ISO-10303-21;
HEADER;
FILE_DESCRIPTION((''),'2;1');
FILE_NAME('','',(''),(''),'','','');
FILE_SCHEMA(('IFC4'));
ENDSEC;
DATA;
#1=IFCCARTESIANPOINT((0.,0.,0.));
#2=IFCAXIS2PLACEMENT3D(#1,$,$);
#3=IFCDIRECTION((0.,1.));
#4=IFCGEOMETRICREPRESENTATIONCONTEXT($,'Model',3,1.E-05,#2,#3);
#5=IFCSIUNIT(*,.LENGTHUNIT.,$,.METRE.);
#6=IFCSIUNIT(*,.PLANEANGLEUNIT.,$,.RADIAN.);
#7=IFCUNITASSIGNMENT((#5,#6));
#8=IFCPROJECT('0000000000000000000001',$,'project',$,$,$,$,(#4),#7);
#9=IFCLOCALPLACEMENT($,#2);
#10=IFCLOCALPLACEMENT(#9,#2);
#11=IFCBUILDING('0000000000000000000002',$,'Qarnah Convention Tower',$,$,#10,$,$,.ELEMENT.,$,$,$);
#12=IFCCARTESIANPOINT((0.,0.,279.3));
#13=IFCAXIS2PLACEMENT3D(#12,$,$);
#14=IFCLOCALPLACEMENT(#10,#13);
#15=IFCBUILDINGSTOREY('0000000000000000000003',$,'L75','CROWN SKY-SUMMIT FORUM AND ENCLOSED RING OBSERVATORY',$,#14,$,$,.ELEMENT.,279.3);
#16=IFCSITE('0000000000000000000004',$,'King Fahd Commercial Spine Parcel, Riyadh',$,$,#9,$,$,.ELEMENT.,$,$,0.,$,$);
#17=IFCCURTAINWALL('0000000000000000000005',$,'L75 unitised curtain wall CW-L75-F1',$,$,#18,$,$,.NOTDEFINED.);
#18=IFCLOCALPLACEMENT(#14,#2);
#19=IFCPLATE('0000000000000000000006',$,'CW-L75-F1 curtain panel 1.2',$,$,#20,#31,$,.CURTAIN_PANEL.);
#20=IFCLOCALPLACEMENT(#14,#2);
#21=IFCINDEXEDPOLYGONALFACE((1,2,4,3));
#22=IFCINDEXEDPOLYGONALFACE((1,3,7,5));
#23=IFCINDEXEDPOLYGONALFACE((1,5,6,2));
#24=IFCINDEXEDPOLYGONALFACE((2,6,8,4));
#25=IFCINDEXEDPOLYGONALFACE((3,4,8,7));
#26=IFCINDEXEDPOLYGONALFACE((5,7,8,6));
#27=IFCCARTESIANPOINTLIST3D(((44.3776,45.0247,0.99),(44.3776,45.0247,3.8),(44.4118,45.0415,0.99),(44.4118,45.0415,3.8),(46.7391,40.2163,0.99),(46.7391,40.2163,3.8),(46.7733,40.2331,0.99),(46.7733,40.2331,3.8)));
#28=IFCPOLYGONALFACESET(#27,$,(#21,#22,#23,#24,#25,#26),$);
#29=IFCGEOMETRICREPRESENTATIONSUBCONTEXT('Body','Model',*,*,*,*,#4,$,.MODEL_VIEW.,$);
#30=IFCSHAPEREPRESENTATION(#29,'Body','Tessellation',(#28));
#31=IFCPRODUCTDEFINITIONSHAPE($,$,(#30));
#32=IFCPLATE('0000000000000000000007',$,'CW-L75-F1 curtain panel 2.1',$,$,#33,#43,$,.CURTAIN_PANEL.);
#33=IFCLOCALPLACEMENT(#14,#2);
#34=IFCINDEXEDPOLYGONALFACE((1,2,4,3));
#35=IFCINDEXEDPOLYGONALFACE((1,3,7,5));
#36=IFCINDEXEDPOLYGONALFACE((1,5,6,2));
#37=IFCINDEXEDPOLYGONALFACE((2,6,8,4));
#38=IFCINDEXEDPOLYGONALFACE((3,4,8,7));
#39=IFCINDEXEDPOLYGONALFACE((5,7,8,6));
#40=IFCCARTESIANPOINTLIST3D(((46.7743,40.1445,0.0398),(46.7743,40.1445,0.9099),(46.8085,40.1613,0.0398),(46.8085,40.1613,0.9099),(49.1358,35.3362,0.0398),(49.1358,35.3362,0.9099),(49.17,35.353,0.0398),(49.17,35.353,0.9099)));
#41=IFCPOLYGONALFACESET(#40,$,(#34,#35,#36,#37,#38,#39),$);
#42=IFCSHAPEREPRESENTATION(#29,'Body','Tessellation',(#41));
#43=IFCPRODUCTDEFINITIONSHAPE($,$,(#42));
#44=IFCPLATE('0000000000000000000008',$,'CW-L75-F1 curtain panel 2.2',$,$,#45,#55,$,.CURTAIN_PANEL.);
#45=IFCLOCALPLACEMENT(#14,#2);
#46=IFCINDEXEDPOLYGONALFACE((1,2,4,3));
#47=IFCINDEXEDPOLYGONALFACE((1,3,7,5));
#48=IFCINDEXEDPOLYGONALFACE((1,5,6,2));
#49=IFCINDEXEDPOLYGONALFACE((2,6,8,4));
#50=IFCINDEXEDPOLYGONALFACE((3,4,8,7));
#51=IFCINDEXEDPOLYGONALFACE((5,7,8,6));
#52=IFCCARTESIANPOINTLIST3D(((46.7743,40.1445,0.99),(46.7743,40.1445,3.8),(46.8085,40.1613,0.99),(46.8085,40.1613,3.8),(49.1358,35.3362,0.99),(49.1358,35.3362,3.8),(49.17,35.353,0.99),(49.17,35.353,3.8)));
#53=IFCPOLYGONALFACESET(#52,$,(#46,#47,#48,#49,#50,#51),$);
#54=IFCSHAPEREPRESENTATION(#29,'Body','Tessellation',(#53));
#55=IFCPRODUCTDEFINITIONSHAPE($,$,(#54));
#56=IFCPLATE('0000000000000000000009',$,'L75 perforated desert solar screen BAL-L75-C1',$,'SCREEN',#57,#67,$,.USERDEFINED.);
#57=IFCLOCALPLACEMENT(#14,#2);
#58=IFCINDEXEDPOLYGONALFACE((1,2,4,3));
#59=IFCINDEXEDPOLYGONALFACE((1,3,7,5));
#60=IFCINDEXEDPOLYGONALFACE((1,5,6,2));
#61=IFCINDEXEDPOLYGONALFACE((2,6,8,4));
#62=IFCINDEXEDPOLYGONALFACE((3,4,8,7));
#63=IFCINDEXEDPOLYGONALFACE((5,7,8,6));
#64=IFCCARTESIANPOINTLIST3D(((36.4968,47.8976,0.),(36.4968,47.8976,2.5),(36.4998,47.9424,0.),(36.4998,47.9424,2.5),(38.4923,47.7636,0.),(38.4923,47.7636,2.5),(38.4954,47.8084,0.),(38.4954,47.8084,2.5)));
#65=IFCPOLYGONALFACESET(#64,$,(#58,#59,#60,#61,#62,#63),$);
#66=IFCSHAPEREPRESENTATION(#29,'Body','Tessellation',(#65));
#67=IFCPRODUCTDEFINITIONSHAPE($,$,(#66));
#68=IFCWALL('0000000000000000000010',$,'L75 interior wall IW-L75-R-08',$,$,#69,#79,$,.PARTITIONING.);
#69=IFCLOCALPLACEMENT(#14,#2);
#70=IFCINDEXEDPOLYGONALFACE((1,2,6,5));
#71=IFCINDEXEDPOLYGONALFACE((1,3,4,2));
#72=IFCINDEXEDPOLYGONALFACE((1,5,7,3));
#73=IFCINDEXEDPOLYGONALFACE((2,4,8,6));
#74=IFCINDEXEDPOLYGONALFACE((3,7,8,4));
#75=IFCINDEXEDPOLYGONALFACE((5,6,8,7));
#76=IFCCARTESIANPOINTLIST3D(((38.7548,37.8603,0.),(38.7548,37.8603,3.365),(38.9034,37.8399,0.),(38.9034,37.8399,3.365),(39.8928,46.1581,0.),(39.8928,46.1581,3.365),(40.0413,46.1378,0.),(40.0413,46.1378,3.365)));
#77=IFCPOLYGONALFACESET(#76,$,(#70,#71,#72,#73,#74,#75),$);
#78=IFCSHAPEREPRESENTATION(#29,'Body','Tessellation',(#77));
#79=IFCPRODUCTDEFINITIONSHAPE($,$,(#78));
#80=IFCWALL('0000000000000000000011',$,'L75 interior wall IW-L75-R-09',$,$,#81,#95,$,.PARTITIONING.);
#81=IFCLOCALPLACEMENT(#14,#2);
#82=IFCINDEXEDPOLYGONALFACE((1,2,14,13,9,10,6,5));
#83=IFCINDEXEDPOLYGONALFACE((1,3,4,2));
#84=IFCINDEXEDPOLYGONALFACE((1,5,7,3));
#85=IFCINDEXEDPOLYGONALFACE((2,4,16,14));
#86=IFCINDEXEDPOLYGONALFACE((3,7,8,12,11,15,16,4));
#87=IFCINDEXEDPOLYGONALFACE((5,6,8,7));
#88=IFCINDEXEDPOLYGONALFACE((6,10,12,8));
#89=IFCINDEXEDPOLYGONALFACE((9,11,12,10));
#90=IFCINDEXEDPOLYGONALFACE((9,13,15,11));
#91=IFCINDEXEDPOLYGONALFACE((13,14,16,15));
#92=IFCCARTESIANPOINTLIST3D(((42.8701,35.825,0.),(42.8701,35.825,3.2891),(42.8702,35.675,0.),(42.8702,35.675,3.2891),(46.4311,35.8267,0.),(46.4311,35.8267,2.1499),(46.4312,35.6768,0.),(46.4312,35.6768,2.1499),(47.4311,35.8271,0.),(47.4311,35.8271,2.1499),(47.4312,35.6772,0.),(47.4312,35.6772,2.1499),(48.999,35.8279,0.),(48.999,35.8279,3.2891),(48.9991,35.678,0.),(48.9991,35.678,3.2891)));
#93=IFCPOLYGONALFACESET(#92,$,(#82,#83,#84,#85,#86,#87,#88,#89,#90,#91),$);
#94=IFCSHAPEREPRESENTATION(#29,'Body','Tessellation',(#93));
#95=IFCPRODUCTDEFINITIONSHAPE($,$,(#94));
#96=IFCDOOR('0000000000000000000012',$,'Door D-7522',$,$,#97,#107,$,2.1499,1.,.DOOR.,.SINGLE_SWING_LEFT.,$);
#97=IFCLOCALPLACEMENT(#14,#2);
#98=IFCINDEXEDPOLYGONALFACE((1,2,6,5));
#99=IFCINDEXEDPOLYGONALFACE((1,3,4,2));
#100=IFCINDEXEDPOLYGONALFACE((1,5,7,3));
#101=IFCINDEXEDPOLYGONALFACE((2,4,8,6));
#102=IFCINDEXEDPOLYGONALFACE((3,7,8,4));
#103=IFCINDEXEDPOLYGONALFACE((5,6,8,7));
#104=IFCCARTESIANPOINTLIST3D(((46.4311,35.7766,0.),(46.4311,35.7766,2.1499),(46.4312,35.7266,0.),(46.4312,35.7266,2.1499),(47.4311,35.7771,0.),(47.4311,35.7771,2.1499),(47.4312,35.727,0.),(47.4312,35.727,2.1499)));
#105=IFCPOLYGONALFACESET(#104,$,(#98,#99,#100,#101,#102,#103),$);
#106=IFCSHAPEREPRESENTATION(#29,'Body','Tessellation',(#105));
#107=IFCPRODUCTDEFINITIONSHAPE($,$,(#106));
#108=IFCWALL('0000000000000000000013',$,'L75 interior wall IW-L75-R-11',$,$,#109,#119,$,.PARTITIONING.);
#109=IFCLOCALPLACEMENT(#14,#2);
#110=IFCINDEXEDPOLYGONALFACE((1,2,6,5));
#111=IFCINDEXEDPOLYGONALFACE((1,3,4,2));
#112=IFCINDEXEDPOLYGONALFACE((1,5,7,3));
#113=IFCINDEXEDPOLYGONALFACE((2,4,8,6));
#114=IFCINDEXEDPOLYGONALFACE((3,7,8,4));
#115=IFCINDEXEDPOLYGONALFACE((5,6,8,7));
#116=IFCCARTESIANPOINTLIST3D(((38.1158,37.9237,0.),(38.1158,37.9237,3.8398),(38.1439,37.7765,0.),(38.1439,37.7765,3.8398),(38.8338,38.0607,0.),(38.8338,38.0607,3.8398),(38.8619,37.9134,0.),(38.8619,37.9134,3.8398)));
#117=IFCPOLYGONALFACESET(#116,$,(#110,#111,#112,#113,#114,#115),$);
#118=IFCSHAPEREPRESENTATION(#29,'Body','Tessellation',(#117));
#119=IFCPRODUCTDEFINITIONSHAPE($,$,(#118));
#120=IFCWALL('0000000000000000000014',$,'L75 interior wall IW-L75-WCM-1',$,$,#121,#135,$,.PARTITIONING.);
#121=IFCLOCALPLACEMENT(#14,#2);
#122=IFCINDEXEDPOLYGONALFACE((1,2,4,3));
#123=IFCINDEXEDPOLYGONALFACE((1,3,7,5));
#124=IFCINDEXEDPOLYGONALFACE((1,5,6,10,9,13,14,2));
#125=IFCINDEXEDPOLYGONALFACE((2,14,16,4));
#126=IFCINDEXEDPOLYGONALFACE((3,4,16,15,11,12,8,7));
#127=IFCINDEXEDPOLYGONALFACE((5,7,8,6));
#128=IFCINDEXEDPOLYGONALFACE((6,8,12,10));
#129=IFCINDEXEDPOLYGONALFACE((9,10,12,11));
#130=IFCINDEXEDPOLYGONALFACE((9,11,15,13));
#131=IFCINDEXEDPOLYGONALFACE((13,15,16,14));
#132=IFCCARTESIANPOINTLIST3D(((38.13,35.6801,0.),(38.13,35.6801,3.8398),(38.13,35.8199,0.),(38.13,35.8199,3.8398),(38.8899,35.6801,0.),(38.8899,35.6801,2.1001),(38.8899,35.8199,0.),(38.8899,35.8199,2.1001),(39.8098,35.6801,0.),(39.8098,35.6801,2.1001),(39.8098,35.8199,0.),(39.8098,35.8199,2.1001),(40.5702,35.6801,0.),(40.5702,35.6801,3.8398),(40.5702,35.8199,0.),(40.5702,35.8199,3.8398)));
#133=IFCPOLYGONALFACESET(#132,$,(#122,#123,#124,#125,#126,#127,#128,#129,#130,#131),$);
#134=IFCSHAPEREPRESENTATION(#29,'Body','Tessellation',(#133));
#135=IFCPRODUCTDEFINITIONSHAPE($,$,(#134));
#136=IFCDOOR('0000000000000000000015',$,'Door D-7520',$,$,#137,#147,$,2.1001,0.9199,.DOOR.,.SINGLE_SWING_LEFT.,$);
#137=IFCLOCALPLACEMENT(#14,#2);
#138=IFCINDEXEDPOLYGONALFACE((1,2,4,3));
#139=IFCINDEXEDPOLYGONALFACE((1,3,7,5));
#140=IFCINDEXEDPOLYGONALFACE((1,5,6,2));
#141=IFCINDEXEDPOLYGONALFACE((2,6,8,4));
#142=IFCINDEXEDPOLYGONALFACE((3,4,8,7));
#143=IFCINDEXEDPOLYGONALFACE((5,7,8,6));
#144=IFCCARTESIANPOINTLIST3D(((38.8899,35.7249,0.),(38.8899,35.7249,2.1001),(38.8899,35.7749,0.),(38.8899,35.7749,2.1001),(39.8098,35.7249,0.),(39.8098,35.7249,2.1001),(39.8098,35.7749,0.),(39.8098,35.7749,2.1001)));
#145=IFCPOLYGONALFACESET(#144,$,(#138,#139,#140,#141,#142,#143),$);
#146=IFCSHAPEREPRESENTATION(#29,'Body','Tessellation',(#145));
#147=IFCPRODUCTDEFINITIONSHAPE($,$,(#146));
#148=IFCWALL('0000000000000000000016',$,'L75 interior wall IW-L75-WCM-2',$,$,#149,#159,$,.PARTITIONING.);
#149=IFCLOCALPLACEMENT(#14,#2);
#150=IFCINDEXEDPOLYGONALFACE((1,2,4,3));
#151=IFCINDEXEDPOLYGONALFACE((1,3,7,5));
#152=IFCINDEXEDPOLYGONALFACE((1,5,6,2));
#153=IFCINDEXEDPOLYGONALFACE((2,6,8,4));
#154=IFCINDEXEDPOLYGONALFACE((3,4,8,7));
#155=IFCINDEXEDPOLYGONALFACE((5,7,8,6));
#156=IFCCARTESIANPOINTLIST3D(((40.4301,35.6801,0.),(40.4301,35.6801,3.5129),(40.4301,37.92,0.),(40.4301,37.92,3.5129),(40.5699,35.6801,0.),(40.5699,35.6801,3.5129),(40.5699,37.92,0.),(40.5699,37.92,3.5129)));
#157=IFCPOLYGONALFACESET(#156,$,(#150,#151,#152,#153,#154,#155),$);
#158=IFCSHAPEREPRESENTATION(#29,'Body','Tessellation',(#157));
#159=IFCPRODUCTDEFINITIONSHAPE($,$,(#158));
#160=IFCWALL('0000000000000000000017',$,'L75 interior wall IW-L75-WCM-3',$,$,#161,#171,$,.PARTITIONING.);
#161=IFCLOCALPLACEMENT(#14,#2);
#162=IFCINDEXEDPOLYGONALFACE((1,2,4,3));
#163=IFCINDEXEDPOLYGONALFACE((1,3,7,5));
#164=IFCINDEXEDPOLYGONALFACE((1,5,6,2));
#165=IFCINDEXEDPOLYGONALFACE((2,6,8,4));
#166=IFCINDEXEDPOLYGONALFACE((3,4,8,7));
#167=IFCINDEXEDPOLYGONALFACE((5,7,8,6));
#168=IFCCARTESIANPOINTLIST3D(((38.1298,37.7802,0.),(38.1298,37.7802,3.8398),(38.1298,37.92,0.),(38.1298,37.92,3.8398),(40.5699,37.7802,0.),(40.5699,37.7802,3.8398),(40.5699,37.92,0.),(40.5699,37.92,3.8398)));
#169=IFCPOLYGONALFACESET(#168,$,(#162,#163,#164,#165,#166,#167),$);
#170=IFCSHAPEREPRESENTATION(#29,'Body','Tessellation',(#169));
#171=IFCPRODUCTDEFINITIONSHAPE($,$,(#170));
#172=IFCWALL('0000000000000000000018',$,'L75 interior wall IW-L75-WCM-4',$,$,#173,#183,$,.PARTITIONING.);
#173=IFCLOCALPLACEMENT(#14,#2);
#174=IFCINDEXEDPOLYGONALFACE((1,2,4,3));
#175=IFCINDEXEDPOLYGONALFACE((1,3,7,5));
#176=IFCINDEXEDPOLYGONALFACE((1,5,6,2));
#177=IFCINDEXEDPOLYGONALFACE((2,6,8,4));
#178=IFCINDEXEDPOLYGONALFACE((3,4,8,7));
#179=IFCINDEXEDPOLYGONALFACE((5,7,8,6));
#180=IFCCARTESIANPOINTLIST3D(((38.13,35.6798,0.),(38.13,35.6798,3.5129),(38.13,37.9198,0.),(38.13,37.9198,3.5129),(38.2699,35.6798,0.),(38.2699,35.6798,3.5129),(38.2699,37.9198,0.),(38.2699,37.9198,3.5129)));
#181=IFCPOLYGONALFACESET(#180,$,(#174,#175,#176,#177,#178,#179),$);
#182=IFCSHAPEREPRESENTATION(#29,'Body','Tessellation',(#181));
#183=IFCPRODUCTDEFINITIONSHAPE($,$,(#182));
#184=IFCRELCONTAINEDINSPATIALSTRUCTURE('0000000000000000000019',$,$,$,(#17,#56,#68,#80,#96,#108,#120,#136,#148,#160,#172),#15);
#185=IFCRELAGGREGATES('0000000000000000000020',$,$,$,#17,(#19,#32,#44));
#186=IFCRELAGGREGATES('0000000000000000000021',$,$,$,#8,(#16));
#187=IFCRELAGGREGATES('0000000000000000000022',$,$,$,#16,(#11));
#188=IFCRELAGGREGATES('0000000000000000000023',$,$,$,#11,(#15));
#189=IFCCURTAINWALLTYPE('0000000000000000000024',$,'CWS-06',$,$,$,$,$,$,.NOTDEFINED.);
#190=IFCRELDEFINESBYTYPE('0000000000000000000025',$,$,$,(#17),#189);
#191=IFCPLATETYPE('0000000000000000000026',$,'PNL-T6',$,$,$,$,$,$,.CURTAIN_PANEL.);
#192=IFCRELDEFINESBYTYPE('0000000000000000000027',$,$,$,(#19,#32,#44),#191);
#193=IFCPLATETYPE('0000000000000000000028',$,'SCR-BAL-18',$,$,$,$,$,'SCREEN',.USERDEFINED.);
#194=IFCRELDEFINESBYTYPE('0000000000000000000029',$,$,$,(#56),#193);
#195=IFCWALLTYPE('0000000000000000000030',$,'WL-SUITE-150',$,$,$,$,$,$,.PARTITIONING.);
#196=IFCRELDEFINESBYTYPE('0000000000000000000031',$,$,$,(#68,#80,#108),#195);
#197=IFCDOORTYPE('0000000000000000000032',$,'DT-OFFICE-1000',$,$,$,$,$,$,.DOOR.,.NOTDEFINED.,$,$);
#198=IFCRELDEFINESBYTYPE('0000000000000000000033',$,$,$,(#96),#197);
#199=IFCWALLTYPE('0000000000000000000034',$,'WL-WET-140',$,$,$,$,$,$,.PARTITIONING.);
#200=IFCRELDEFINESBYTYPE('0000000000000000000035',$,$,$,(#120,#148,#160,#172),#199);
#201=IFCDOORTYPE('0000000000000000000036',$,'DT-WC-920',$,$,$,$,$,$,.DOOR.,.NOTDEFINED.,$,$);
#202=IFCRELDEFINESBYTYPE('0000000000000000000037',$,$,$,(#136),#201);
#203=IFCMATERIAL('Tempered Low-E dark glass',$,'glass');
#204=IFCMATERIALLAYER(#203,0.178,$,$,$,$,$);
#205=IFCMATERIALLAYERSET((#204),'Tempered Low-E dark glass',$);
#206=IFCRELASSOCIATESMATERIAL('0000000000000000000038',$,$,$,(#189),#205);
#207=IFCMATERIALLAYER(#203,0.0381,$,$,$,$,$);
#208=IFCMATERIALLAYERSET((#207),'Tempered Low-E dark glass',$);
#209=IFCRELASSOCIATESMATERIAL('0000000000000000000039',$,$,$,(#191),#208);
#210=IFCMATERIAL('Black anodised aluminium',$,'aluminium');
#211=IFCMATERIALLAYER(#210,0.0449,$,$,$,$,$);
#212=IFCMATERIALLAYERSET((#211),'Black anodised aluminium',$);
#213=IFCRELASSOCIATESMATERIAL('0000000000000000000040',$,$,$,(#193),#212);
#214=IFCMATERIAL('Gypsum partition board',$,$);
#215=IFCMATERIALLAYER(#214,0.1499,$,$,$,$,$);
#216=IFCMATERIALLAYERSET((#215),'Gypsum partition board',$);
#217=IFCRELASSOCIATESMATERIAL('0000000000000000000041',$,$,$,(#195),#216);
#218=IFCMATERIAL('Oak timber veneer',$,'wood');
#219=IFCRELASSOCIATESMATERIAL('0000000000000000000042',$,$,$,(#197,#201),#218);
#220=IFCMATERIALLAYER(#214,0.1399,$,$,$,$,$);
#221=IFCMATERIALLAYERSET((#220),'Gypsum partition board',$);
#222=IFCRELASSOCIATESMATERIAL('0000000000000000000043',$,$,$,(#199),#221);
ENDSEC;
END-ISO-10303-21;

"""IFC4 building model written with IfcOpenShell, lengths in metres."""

from ifc_helpers import new_model, si_unit, direction, frame, frame_2d, origin, origin_2d, place, context, subcontext, project, spatial, rectangle, extrude, material, layer, layer_set, type_object, element, fill, aggregate, save


model = new_model("IFC4")

# Units and contexts
model_context = context("Model", 3, precision=1e-05, world=origin(), true_north=direction((0.0, 1.0)))
body_context = subcontext(model_context, "Body", "Model", "MODEL_VIEW")
ifc_project = project(units=[si_unit("LENGTHUNIT", "METRE"), si_unit("PLANEANGLEUNIT", "RADIAN")], contexts=[model_context])

# Site, building, storey
site_placement = place(None, origin())
site = spatial("IfcSite", under=ifc_project, at=site_placement, Name="King Fahd Commercial Spine Parcel, Riyadh", CompositionType="ELEMENT", RefElevation=0.0)
building_placement = place(site_placement, origin())
building = spatial("IfcBuilding", under=site, at=building_placement, Name="Qarnah Convention Tower", CompositionType="ELEMENT")
storey_placement = place(building_placement, frame((0.0, 0.0, 279.3)))
storey = spatial("IfcBuildingStorey", under=building, at=storey_placement, Name="L75", Description="CROWN SKY-SUMMIT FORUM AND ENCLOSED RING OBSERVATORY", CompositionType="ELEMENT", Elevation=279.3)

# Curtain wall, plates
ifc_material_1 = material(Name="Tempered Low-E dark glass", Category="glass")
ifc_layer_1 = layer(ifc_material_1, 0.178)
ifc_layer_set_1 = layer_set([ifc_layer_1], Name="Tempered Low-E dark glass")
curtain_wall_type = type_object("IfcCurtainWallType", Name="CWS-06", PredefinedType="NOTDEFINED", material=ifc_layer_set_1)
curtain_wall_placement = place(storey_placement, origin())
curtain_wall = element("IfcCurtainWall", 1, at=curtain_wall_placement, inside=storey, type_object=curtain_wall_type, Name="L75 unitised curtain wall CW-L75-F1", PredefinedType="NOTDEFINED")
ifc_material_2 = material(Name="Black anodised aluminium", Category="aluminium")
ifc_layer_2 = layer(ifc_material_1, 0.0381)
ifc_layer_set_2 = layer_set([ifc_layer_2], Name="Tempered Low-E dark glass")
plate_type_1 = type_object("IfcPlateType", Name="PNL-T6", PredefinedType="CURTAIN_PANEL", material=ifc_layer_set_2)
plate_1_placement = place(storey_placement, frame((45.5754, 42.6289, 0.99), z_axis=(0.0, 0.0, 1.0), x_axis=(0.440831, -0.89759, 0.0)))
plate_1 = element("IfcPlate", 2, at=plate_1_placement, type_object=plate_type_1, Name="CW-L75-F1 curtain panel 1.2", PredefinedType="CURTAIN_PANEL", context=body_context, shape_type="SweptSolid", body=[
    extrude(rectangle(XDim=5.3569, YDim=0.0381, at=origin_2d()), origin(), (0.0, 0.0, 1.0), 2.8101),
])
plate_2_placement = place(storey_placement, frame((47.9722, 37.7488, 0.0398), z_axis=(0.0, 0.0, 1.0), x_axis=(0.440831, -0.89759, 0.0)))
plate_2 = element("IfcPlate", 3, at=plate_2_placement, type_object=plate_type_1, Name="CW-L75-F1 curtain panel 2.1", PredefinedType="CURTAIN_PANEL", context=body_context, shape_type="SweptSolid", body=[
    extrude(rectangle(XDim=5.3569, YDim=0.0381, at=origin_2d()), origin(), (0.0, 0.0, 1.0), 0.8701),
])
plate_3_placement = place(storey_placement, frame((47.9722, 37.7488, 0.99), z_axis=(0.0, 0.0, 1.0), x_axis=(0.440831, -0.89759, 0.0)))
plate_3 = element("IfcPlate", 4, at=plate_3_placement, type_object=plate_type_1, Name="CW-L75-F1 curtain panel 2.2", PredefinedType="CURTAIN_PANEL", context=body_context, shape_type="SweptSolid", body=[
    extrude(rectangle(XDim=5.3569, YDim=0.0381, at=origin_2d()), origin(), (0.0, 0.0, 1.0), 2.8101),
])
aggregate(curtain_wall, [plate_1, plate_2, plate_3])

# Plate
ifc_layer_3 = layer(ifc_material_2, 0.0449)
ifc_layer_set_3 = layer_set([ifc_layer_3], Name="Black anodised aluminium")
plate_type_2 = type_object("IfcPlateType", Name="SCR-BAL-18", ElementType="SCREEN", PredefinedType="USERDEFINED", material=ifc_layer_set_3)
plate_4_placement = place(storey_placement, frame((37.4961, 47.853, 0.0), z_axis=(0.0, 0.0, 1.0), x_axis=(0.997753, -0.067, 0.0)))
element("IfcPlate", 5, at=plate_4_placement, inside=storey, type_object=plate_type_2, Name="L75 perforated desert solar screen BAL-L75-C1", ObjectType="SCREEN", PredefinedType="USERDEFINED", context=body_context, shape_type="SweptSolid", body=[
    extrude(rectangle(XDim=2.0, YDim=0.0449, at=origin_2d()), origin(), (0.0, 0.0, 1.0), 2.5),
])

# Wall
ifc_material_3 = material(Name="Gypsum partition board")
ifc_layer_4 = layer(ifc_material_3, 0.1499)
ifc_layer_set_4 = layer_set([ifc_layer_4], Name="Gypsum partition board")
wall_type_1 = type_object("IfcWallType", Name="WL-SUITE-150", PredefinedType="PARTITIONING", material=ifc_layer_set_4)
wall_1_placement = place(storey_placement, frame((39.967, 46.1479, 0.0), z_axis=(0.0, 0.0, 1.0), x_axis=(-0.135865, -0.990727, 0.0)))
element("IfcWall", 6, at=wall_1_placement, inside=storey, type_object=wall_type_1, Name="L75 interior wall IW-L75-R-08", PredefinedType="PARTITIONING", context=body_context, shape_type="SweptSolid", body=[
    extrude(rectangle(XDim=8.3755, YDim=0.1499, at=frame_2d((4.1877, 0.0))), origin(), (0.0, 0.0, 1.0), 3.365),
])

# Wall, opening, door
wall_2_placement = place(storey_placement, frame((42.8701, 35.75, 0.0), z_axis=(0.0, 0.0, 1.0), x_axis=(1.0, 0.000478, 0.0)))
wall_2 = element("IfcWall", 7, at=wall_2_placement, inside=storey, type_object=wall_type_1, Name="L75 interior wall IW-L75-R-09", PredefinedType="PARTITIONING", context=body_context, shape_type="SweptSolid", body=[
    extrude(rectangle(XDim=6.1289, YDim=0.1499, at=frame_2d((3.0645, 0.0))), origin(), (0.0, 0.0, 1.0), 3.2891),
])
opening_1_placement = place(wall_2_placement, frame((3.561, 0.0, 0.0)))
opening_1 = element("IfcOpeningElement", 8, at=opening_1_placement, cuts=wall_2, PredefinedType="OPENING", context=body_context, shape_type="SweptSolid", body=[
    extrude(rectangle(XDim=1.0, YDim=2.1499, at=frame_2d((0.5, 1.075))), frame((0.0, 0.085, 0.0), z_axis=(0.0, -1.0, 0.0), x_axis=(1.0, 0.0, 0.0)), (0.0, 0.0, 1.0), 0.1699),
])
ifc_material_4 = material(Name="Oak timber veneer", Category="wood")
door_type_1 = type_object("IfcDoorType", Name="DT-OFFICE-1000", OperationType="NOTDEFINED", PredefinedType="DOOR", material=ifc_material_4)
door_1_placement = place(opening_1_placement, origin())
door_1 = element("IfcDoor", 9, at=door_1_placement, inside=storey, type_object=door_type_1, Name="Door D-7522", OperationType="SINGLE_SWING_LEFT", OverallHeight=2.1499, OverallWidth=1.0, PredefinedType="DOOR", context=body_context, shape_type="SweptSolid", body=[
    extrude(rectangle(XDim=1.0, YDim=2.1499, at=frame_2d((0.5, 1.075))), frame((0.0, 0.0249, 0.0), z_axis=(0.0, -1.0, 0.0), x_axis=(1.0, 0.0, 0.0)), (0.0, 0.0, 1.0), 0.05),
])
fill(opening_1, door_1)

# Wall
wall_3_placement = place(storey_placement, frame((38.1299, 37.8501, 0.0), z_axis=(0.0, 0.0, 1.0), x_axis=(0.982289, 0.187373, 0.0)))
element("IfcWall", 10, at=wall_3_placement, inside=storey, type_object=wall_type_1, Name="L75 interior wall IW-L75-R-11", PredefinedType="PARTITIONING", context=body_context, shape_type="SweptSolid", body=[
    extrude(rectangle(XDim=0.731, YDim=0.1499, at=frame_2d((0.3655, 0.0))), origin(), (0.0, 0.0, 1.0), 3.8398),
])

# Wall, opening, door
ifc_layer_5 = layer(ifc_material_3, 0.1399)
ifc_layer_set_5 = layer_set([ifc_layer_5], Name="Gypsum partition board")
wall_type_2 = type_object("IfcWallType", Name="WL-WET-140", PredefinedType="PARTITIONING", material=ifc_layer_set_5)
wall_4_placement = place(storey_placement, frame((38.1299, 35.75, 0.0), z_axis=(0.0, 0.0, 1.0), x_axis=(1.0, 0.0, 0.0)))
wall_4 = element("IfcWall", 11, at=wall_4_placement, inside=storey, type_object=wall_type_2, Name="L75 interior wall IW-L75-WCM-1", PredefinedType="PARTITIONING", context=body_context, shape_type="SweptSolid", body=[
    extrude(rectangle(XDim=2.4402, YDim=0.1399, at=frame_2d((1.2202, 0.0))), origin(), (0.0, 0.0, 1.0), 3.8398),
])
opening_2_placement = place(wall_4_placement, frame((0.76, 0.0, 0.0)))
opening_2 = element("IfcOpeningElement", 12, at=opening_2_placement, cuts=wall_4, PredefinedType="OPENING", context=body_context, shape_type="SweptSolid", body=[
    extrude(rectangle(XDim=0.9199, YDim=2.1001, at=frame_2d((0.46, 1.05))), frame((0.0, 0.0798, 0.0), z_axis=(0.0, -1.0, 0.0), x_axis=(1.0, 0.0, 0.0)), (0.0, 0.0, 1.0), 0.1599),
])
door_type_2 = type_object("IfcDoorType", Name="DT-WC-920", OperationType="NOTDEFINED", PredefinedType="DOOR", material=ifc_material_4)
door_2_placement = place(opening_2_placement, origin())
door_2 = element("IfcDoor", 13, at=door_2_placement, inside=storey, type_object=door_type_2, Name="Door D-7520", OperationType="SINGLE_SWING_LEFT", OverallHeight=2.1001, OverallWidth=0.9199, PredefinedType="DOOR", context=body_context, shape_type="SweptSolid", body=[
    extrude(rectangle(XDim=0.9199, YDim=2.1001, at=frame_2d((0.46, 1.05))), frame((0.0, 0.0249, 0.0), z_axis=(0.0, -1.0, 0.0), x_axis=(1.0, 0.0, 0.0)), (0.0, 0.0, 1.0), 0.05),
])
fill(opening_2, door_2)

# Walls
wall_5_placement = place(storey_placement, frame((40.5, 35.6799, 0.0), z_axis=(0.0, 0.0, 1.0), x_axis=(0.0, 1.0, 0.0)))
element("IfcWall", 14, at=wall_5_placement, inside=storey, type_object=wall_type_2, Name="L75 interior wall IW-L75-WCM-2", PredefinedType="PARTITIONING", context=body_context, shape_type="SweptSolid", body=[
    extrude(rectangle(XDim=2.24, YDim=0.1399, at=frame_2d((1.1201, 0.0))), origin(), (0.0, 0.0, 1.0), 3.5129),
])
wall_6_placement = place(storey_placement, frame((40.5701, 37.8501, 0.0), z_axis=(0.0, 0.0, 1.0), x_axis=(-1.0, 0.0, 0.0)))
element("IfcWall", 15, at=wall_6_placement, inside=storey, type_object=wall_type_2, Name="L75 interior wall IW-L75-WCM-3", PredefinedType="PARTITIONING", context=body_context, shape_type="SweptSolid", body=[
    extrude(rectangle(XDim=2.4402, YDim=0.1399, at=frame_2d((1.2202, 0.0))), origin(), (0.0, 0.0, 1.0), 3.8398),
])
wall_7_placement = place(storey_placement, frame((38.2, 37.9199, 0.0), z_axis=(0.0, 0.0, 1.0), x_axis=(0.0, -1.0, 0.0)))
element("IfcWall", 16, at=wall_7_placement, inside=storey, type_object=wall_type_2, Name="L75 interior wall IW-L75-WCM-4", PredefinedType="PARTITIONING", context=body_context, shape_type="SweptSolid", body=[
    extrude(rectangle(XDim=2.24, YDim=0.1399, at=frame_2d((1.1201, 0.0))), origin(), (0.0, 0.0, 1.0), 3.5129),
])

save(model, "model.ifc")
